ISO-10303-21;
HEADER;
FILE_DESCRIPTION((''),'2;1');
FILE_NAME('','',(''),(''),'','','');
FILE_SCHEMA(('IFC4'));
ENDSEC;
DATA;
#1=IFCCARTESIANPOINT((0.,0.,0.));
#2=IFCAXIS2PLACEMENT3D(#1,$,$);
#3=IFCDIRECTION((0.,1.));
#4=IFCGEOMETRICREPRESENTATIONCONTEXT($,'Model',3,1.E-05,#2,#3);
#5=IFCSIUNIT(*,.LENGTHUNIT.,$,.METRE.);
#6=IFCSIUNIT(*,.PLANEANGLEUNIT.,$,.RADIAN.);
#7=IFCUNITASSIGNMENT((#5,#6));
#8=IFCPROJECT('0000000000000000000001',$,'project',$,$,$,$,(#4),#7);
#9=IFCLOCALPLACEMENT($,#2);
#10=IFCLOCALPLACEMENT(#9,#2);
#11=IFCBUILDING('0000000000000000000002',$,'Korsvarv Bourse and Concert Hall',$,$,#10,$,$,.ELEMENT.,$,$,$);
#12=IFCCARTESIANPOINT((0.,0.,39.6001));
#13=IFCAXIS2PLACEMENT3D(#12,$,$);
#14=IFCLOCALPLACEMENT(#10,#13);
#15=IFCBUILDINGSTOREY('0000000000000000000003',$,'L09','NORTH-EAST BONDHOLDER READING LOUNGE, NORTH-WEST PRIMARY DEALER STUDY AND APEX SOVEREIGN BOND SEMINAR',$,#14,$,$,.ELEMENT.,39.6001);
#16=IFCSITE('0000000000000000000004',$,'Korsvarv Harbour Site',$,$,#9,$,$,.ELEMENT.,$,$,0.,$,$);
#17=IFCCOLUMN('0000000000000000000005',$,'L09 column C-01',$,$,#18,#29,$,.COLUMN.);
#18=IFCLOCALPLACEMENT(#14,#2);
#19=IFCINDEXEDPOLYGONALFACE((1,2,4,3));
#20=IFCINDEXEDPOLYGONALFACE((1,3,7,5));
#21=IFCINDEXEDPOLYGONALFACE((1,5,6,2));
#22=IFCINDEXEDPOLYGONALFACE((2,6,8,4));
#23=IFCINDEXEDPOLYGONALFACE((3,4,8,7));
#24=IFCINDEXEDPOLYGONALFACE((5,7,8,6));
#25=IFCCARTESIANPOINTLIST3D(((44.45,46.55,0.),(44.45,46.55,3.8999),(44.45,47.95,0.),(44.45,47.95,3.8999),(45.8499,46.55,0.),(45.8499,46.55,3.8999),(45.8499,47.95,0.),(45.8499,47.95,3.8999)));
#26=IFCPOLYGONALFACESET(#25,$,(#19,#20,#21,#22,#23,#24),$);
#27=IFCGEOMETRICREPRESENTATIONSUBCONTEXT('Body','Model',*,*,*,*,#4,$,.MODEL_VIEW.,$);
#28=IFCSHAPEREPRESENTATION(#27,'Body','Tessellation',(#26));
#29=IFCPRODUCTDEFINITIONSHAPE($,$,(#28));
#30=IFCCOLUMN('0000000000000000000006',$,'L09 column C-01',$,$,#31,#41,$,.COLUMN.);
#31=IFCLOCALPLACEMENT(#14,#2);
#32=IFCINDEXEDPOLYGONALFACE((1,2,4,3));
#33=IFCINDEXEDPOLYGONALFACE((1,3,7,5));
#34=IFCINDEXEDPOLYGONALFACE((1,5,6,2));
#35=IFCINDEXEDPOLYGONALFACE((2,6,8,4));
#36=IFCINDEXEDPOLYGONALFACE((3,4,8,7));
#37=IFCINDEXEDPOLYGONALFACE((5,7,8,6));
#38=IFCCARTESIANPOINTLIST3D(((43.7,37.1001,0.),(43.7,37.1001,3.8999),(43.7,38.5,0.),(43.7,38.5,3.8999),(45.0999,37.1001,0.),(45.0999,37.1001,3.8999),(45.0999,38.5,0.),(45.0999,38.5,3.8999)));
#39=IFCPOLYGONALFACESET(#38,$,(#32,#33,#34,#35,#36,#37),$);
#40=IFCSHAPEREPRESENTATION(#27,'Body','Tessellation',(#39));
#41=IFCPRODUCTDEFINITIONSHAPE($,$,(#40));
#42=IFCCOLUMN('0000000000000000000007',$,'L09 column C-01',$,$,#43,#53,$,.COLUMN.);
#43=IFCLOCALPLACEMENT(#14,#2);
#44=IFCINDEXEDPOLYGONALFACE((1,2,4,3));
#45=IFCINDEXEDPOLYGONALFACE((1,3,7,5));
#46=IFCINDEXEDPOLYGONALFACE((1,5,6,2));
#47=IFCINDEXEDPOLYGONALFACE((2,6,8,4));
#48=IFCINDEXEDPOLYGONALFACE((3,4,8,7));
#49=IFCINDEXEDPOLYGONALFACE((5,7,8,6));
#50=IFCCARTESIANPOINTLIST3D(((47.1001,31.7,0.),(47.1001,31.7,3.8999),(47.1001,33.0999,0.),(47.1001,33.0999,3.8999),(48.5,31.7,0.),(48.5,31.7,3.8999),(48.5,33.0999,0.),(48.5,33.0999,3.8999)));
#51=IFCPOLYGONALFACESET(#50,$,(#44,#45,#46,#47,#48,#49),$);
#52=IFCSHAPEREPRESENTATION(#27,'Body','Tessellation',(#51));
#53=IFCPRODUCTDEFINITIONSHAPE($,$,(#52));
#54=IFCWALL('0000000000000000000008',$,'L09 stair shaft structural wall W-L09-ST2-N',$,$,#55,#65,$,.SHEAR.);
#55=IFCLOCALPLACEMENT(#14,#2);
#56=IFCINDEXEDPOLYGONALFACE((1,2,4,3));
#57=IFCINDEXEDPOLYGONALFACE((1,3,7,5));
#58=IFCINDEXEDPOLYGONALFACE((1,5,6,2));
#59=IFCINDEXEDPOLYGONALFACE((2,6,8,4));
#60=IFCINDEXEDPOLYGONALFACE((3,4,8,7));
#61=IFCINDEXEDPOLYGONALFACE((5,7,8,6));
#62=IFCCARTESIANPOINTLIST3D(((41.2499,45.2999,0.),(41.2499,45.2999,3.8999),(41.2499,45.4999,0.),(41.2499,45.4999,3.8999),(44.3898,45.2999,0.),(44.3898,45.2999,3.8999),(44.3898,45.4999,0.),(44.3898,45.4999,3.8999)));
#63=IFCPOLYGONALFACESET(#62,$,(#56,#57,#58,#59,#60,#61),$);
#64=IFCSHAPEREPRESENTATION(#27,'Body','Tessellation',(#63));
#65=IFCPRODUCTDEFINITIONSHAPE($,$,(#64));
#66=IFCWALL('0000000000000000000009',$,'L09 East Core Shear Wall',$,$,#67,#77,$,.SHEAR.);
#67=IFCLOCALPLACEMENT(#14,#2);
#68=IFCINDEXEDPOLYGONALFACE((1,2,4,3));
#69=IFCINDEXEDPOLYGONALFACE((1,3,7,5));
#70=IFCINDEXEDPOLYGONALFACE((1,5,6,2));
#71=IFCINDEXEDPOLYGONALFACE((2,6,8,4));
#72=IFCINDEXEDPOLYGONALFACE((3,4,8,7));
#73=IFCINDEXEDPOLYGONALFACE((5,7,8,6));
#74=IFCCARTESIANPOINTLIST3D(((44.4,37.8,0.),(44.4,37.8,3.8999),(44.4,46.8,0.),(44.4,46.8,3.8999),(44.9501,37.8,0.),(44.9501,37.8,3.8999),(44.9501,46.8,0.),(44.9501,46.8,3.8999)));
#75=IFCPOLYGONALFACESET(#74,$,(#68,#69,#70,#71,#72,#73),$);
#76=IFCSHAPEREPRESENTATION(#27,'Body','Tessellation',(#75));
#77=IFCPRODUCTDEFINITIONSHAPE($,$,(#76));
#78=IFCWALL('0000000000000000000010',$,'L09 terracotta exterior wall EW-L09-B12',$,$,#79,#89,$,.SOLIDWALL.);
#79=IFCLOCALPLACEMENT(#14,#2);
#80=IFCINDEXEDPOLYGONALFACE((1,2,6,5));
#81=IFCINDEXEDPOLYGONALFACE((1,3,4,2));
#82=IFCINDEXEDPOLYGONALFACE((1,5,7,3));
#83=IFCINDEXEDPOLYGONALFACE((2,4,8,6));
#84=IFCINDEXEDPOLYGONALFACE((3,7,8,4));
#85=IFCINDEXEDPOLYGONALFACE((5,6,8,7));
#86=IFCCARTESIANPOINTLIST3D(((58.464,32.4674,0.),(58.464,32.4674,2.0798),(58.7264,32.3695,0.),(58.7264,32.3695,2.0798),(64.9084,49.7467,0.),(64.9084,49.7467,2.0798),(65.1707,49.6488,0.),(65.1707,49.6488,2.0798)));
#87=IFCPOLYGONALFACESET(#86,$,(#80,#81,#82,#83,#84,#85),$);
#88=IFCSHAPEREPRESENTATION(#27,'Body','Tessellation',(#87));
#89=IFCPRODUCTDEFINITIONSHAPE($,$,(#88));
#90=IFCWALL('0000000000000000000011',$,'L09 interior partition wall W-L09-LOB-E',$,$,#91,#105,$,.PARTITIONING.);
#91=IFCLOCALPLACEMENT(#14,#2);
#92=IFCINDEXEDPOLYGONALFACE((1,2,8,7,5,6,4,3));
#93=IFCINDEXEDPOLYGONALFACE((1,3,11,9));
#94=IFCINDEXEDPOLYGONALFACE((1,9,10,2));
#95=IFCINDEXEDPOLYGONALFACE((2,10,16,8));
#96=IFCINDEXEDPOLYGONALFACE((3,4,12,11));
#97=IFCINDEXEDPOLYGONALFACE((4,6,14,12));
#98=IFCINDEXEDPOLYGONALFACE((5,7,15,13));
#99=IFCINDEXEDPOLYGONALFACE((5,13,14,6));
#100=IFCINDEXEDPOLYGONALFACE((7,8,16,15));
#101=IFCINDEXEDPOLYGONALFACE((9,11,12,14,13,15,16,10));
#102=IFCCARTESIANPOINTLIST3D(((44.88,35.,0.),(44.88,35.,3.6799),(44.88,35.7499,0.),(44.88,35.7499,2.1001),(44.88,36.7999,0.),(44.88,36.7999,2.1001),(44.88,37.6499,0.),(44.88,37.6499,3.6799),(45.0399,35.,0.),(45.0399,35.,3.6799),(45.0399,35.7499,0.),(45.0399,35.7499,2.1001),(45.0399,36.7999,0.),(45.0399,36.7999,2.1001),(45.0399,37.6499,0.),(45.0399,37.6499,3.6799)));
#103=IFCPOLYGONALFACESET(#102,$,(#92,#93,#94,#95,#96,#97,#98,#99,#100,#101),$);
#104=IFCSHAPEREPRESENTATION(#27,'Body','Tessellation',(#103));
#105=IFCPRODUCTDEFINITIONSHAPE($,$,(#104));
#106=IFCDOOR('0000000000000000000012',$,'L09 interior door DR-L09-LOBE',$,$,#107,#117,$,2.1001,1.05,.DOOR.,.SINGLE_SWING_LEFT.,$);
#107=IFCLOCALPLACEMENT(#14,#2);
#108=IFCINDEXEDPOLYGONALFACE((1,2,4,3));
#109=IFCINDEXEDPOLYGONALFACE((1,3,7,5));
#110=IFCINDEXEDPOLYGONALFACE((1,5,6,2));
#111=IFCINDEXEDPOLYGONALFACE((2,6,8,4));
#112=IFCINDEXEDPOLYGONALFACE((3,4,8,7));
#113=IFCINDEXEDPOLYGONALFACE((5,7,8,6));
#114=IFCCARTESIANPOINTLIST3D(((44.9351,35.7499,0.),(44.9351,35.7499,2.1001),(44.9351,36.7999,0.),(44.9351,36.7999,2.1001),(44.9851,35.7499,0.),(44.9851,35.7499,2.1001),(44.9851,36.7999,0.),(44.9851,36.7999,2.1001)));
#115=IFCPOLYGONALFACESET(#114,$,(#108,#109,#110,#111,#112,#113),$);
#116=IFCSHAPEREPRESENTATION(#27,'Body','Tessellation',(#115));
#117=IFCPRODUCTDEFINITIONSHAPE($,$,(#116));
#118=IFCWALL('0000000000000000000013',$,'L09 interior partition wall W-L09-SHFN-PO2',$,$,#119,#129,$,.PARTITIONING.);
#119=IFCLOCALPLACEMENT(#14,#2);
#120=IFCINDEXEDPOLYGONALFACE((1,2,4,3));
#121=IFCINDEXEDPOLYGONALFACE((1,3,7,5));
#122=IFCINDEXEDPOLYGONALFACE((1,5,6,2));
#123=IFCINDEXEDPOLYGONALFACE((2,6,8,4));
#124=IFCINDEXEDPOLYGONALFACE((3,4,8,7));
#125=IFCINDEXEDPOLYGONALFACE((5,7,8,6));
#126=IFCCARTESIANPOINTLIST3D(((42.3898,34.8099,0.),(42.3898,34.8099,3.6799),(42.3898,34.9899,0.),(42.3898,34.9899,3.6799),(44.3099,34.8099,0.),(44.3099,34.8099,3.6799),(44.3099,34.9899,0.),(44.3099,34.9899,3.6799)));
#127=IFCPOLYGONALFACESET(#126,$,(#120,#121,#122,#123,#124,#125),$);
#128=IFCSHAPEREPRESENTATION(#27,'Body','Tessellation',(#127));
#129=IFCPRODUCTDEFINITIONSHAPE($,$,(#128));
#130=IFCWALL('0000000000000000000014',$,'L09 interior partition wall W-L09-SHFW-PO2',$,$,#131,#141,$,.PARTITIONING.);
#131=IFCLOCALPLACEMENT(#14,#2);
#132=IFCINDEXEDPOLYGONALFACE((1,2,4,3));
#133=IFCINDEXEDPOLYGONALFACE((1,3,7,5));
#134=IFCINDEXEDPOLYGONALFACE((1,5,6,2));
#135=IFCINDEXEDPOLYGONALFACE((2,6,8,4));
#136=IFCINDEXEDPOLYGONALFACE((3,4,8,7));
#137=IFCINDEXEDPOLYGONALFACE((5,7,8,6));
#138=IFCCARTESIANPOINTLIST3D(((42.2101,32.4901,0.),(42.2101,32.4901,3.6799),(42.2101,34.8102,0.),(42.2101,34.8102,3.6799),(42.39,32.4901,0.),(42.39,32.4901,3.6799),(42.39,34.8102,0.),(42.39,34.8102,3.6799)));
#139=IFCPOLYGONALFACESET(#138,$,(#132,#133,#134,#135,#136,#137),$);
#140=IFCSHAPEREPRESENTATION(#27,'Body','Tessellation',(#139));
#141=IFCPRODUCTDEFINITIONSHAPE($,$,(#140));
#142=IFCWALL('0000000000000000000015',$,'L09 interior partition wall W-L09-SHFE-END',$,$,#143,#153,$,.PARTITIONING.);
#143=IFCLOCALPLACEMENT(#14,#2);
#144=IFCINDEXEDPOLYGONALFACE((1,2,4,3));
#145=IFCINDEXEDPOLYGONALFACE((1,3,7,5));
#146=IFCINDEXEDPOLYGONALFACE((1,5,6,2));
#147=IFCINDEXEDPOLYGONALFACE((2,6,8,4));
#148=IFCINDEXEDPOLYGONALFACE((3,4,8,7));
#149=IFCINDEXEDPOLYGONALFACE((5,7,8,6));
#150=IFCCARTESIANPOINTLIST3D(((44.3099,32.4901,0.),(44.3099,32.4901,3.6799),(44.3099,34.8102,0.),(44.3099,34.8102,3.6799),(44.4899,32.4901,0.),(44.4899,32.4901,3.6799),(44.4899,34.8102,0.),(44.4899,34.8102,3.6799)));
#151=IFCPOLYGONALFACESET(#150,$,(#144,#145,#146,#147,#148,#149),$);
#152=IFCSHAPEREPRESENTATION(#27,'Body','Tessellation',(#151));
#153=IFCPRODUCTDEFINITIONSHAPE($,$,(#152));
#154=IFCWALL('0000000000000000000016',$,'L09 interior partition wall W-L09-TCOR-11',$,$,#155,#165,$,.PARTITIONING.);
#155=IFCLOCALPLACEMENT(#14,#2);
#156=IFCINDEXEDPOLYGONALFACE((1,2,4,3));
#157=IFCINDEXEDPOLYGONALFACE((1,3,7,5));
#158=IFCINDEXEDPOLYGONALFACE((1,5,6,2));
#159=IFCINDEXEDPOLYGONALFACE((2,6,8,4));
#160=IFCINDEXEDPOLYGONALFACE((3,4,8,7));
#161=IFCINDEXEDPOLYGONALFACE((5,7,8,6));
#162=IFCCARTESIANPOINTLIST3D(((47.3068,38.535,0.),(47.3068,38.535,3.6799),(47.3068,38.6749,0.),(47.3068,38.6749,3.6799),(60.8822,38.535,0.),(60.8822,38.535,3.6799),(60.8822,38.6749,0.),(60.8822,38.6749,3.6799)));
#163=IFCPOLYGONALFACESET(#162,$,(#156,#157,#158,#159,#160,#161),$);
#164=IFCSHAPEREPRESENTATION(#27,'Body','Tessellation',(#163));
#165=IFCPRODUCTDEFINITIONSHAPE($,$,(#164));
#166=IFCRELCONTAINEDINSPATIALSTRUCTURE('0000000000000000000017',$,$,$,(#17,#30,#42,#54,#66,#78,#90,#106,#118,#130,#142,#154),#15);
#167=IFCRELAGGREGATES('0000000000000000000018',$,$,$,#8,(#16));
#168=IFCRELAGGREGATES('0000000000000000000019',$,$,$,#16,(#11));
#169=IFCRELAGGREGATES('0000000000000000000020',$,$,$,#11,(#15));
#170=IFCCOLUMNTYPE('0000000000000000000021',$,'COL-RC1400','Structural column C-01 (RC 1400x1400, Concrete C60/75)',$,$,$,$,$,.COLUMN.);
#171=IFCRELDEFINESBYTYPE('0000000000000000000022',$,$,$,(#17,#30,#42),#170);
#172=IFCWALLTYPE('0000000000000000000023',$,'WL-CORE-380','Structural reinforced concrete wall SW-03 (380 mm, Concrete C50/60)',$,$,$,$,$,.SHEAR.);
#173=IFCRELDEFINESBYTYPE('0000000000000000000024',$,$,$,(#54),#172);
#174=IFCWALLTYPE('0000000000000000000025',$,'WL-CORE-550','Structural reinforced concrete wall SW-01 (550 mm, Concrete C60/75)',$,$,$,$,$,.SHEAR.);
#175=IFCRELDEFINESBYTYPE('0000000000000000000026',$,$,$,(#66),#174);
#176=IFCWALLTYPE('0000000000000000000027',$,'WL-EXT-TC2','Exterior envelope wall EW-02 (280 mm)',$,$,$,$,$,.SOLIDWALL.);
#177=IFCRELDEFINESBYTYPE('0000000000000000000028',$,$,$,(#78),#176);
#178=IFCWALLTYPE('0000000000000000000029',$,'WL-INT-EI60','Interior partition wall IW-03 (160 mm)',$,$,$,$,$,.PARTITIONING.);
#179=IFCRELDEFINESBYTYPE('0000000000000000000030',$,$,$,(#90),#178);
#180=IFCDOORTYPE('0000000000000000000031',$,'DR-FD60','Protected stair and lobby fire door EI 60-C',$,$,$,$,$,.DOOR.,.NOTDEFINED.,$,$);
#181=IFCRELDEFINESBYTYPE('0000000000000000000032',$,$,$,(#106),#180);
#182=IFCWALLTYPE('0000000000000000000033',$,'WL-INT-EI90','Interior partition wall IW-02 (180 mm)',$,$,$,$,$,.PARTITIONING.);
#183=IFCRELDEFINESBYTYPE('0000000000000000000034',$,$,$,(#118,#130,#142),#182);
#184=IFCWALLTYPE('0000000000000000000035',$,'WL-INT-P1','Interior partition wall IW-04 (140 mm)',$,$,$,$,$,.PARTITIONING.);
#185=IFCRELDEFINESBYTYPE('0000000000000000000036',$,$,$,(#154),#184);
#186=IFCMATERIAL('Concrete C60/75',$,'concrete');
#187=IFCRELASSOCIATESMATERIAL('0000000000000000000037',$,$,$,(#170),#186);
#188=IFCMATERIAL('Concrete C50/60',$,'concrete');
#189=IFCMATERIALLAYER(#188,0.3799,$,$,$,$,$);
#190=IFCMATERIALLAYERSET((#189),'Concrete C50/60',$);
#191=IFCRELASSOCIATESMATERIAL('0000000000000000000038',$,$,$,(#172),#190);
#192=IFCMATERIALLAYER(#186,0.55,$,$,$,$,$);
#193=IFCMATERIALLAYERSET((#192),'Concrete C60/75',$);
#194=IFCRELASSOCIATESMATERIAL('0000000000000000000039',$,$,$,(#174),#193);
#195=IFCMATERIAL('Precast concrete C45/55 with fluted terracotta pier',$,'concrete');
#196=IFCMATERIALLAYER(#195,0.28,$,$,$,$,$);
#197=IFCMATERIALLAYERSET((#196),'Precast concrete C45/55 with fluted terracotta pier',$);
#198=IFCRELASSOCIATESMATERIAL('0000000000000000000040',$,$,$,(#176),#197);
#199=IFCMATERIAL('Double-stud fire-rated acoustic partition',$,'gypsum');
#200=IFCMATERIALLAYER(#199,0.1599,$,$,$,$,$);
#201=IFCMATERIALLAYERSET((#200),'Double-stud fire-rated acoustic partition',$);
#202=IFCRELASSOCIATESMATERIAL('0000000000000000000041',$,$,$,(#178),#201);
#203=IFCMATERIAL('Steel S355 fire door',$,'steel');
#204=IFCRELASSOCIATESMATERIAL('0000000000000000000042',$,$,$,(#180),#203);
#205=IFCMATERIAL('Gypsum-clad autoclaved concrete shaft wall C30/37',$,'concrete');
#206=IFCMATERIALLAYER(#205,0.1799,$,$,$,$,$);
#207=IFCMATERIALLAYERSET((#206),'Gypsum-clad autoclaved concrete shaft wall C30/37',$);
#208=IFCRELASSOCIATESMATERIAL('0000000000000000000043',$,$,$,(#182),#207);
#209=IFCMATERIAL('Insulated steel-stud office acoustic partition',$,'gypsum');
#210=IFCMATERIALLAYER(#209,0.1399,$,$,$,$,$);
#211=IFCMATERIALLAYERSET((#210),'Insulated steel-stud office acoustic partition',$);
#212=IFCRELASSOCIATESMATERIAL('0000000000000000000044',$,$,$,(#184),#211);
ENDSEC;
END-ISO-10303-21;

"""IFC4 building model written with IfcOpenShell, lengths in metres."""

from ifc_helpers import new_model, si_unit, direction, frame, frame_2d, origin, origin_2d, place, context, subcontext, project, spatial, rectangle, extrude, source, transform, mapped, material, layer, layer_set, material_profile, profile_set, type_object, element, fill, save


model = new_model("IFC4")

# Units and contexts
model_context = context("Model", 3, precision=1e-05, world=origin(), true_north=direction((0.0, 1.0)))
body_context = subcontext(model_context, "Body", "Model", "MODEL_VIEW")
ifc_project = project(units=[si_unit("LENGTHUNIT", "METRE"), si_unit("PLANEANGLEUNIT", "RADIAN")], contexts=[model_context])

# Site, building, storey
site_placement = place(None, origin())
site = spatial("IfcSite", under=ifc_project, at=site_placement, Name="Korsvarv Harbour Site", CompositionType="ELEMENT", RefElevation=0.0)
building_placement = place(site_placement, origin())
building = spatial("IfcBuilding", under=site, at=building_placement, Name="Korsvarv Bourse and Concert Hall", CompositionType="ELEMENT")
storey_placement = place(building_placement, frame((0.0, 0.0, 39.6001)))
storey = spatial("IfcBuildingStorey", under=building, at=storey_placement, Name="L09", Description="NORTH-EAST BONDHOLDER READING LOUNGE, NORTH-WEST PRIMARY DEALER STUDY AND APEX SOVEREIGN BOND SEMINAR", CompositionType="ELEMENT", Elevation=39.6001)

# Columns
ifc_material_1 = material(Name="Concrete C60/75", Category="concrete")
ifc_material_profile = material_profile(ifc_material_1, rectangle(XDim=1.3999, YDim=1.3999, at=origin_2d()), Name="RC 1400x1400")
ifc_profile_set = profile_set([ifc_material_profile], Name="Concrete C60/75")
column_type = type_object("IfcColumnType", Name="COL-RC1400", Description="Structural column C-01 (RC 1400x1400, Concrete C60/75)", PredefinedType="COLUMN", material=ifc_profile_set)
shared_shape = source(origin(), body_context, "Body", "SweptSolid", [
    extrude(rectangle(XDim=1.3999, YDim=1.3999, at=origin_2d()), origin(), (0.0, 0.0, 1.0), 3.8999),
])
for number, where, z_axis, x_axis, name in (
    (1, (45.1499, 47.25, 0.0), (0.0, 0.0, 1.0), (1.0, 0.0, 0.0), "L09 column C-01"),
    (2, (44.3999, 37.8, 0.0), (0.0, 0.0, 1.0), (1.0, 0.0, 0.0), "L09 column C-01"),
    (3, (47.8, 32.3999, 0.0), (0.0, 0.0, 1.0), (1.0, 0.0, 0.0), "L09 column C-01"),
):
    element("IfcColumn", number, at=place(storey_placement, frame(where, z_axis=z_axis, x_axis=x_axis)), inside=storey, type_object=column_type, Name=name, PredefinedType="COLUMN", context=body_context, shape_type="MappedRepresentation", body=[
        mapped(shared_shape, transform((0.0, 0.0, 0.0), scale=1.0)),
    ])

# Walls
ifc_material_2 = material(Name="Concrete C50/60", Category="concrete")
ifc_layer_1 = layer(ifc_material_2, 0.3799)
ifc_layer_set_1 = layer_set([ifc_layer_1], Name="Concrete C50/60")
wall_type_1 = type_object("IfcWallType", Name="WL-CORE-380", Description="Structural reinforced concrete wall SW-03 (380 mm, Concrete C50/60)", PredefinedType="SHEAR", material=ifc_layer_set_1)
wall_1_placement = place(storey_placement, frame((41.25, 45.3999, 0.0), z_axis=(0.0, 0.0, 1.0), x_axis=(1.0, 0.0, 0.0)))
element("IfcWall", 4, at=wall_1_placement, inside=storey, type_object=wall_type_1, Name="L09 stair shaft structural wall W-L09-ST2-N", PredefinedType="SHEAR", context=body_context, shape_type="SweptSolid", body=[
    extrude(rectangle(XDim=3.1399, YDim=0.2, at=frame_2d((1.5698, 0.0))), origin(), (0.0, 0.0, 1.0), 3.8999),
])
ifc_layer_2 = layer(ifc_material_1, 0.55)
ifc_layer_set_2 = layer_set([ifc_layer_2], Name="Concrete C60/75")
wall_type_2 = type_object("IfcWallType", Name="WL-CORE-550", Description="Structural reinforced concrete wall SW-01 (550 mm, Concrete C60/75)", PredefinedType="SHEAR", material=ifc_layer_set_2)
wall_2_placement = place(storey_placement, frame((44.675, 37.8, 0.0), z_axis=(0.0, 0.0, 1.0), x_axis=(0.0, 1.0, 0.0)))
element("IfcWall", 5, at=wall_2_placement, inside=storey, type_object=wall_type_2, Name="L09 East Core Shear Wall", PredefinedType="SHEAR", context=body_context, shape_type="SweptSolid", body=[
    extrude(rectangle(XDim=9.0, YDim=0.55, at=frame_2d((4.5, 0.0))), origin(), (0.0, 0.0, 1.0), 3.8999),
])
ifc_material_3 = material(Name="Precast concrete C45/55 with fluted terracotta pier", Category="concrete")
ifc_layer_3 = layer(ifc_material_3, 0.28)
ifc_layer_set_3 = layer_set([ifc_layer_3], Name="Precast concrete C45/55 with fluted terracotta pier")
wall_type_3 = type_object("IfcWallType", Name="WL-EXT-TC2", Description="Exterior envelope wall EW-02 (280 mm)", PredefinedType="SOLIDWALL", material=ifc_layer_set_3)
wall_3_placement = place(storey_placement, frame((58.5952, 32.4185, 0.0), z_axis=(0.0, 0.0, 1.0), x_axis=(0.34944, 0.936959, 0.0)))
element("IfcWall", 6, at=wall_3_placement, inside=storey, type_object=wall_type_3, Name="L09 terracotta exterior wall EW-L09-B12", PredefinedType="SOLIDWALL", context=body_context, shape_type="SweptSolid", body=[
    extrude(rectangle(XDim=18.4419, YDim=0.28, at=frame_2d((9.2209, 0.0))), origin(), (0.0, 0.0, 1.0), 2.0798),
])

# Wall, opening, door
ifc_material_4 = material(Name="Double-stud fire-rated acoustic partition", Category="gypsum")
ifc_layer_4 = layer(ifc_material_4, 0.1599)
ifc_layer_set_4 = layer_set([ifc_layer_4], Name="Double-stud fire-rated acoustic partition")
wall_type_4 = type_object("IfcWallType", Name="WL-INT-EI60", Description="Interior partition wall IW-03 (160 mm)", PredefinedType="PARTITIONING", material=ifc_layer_set_4)
wall_4_placement = place(storey_placement, frame((44.96, 35.0, 0.0), z_axis=(0.0, 0.0, 1.0), x_axis=(0.0, 1.0, 0.0)))
wall_4 = element("IfcWall", 7, at=wall_4_placement, inside=storey, type_object=wall_type_4, Name="L09 interior partition wall W-L09-LOB-E", PredefinedType="PARTITIONING", context=body_context, shape_type="SweptSolid", body=[
    extrude(rectangle(XDim=2.6499, YDim=0.1599, at=frame_2d((1.325, 0.0))), origin(), (0.0, 0.0, 1.0), 3.6799),
])
opening_placement = place(wall_4_placement, frame((0.75, 0.0, 0.0)))
opening = element("IfcOpeningElement", 8, at=opening_placement, cuts=wall_4, PredefinedType="OPENING", context=body_context, shape_type="SweptSolid", body=[
    extrude(rectangle(XDim=1.05, YDim=2.1001, at=frame_2d((0.5249, 1.05))), frame((0.0, 0.0898, 0.0), z_axis=(0.0, -1.0, 0.0), x_axis=(1.0, 0.0, 0.0)), (0.0, 0.0, 1.0), 0.1799),
])
ifc_material_5 = material(Name="Steel S355 fire door", Category="steel")
door_type = type_object("IfcDoorType", Name="DR-FD60", Description="Protected stair and lobby fire door EI 60-C", OperationType="NOTDEFINED", PredefinedType="DOOR", material=ifc_material_5)
door_placement = place(opening_placement, origin())
door = element("IfcDoor", 9, at=door_placement, inside=storey, type_object=door_type, Name="L09 interior door DR-L09-LOBE", OperationType="SINGLE_SWING_LEFT", OverallHeight=2.1001, OverallWidth=1.05, PredefinedType="DOOR", context=body_context, shape_type="SweptSolid", body=[
    extrude(rectangle(XDim=1.05, YDim=2.1001, at=frame_2d((0.5249, 1.05))), frame((0.0, 0.0249, 0.0), z_axis=(0.0, -1.0, 0.0), x_axis=(1.0, 0.0, 0.0)), (0.0, 0.0, 1.0), 0.05),
])
fill(opening, door)

# Walls
ifc_material_6 = material(Name="Gypsum-clad autoclaved concrete shaft wall C30/37", Category="concrete")
ifc_layer_5 = layer(ifc_material_6, 0.1799)
ifc_layer_set_5 = layer_set([ifc_layer_5], Name="Gypsum-clad autoclaved concrete shaft wall C30/37")
wall_type_5 = type_object("IfcWallType", Name="WL-INT-EI90", Description="Interior partition wall IW-02 (180 mm)", PredefinedType="PARTITIONING", material=ifc_layer_set_5)
wall_5_placement = place(storey_placement, frame((42.3899, 34.8999, 0.0), z_axis=(0.0, 0.0, 1.0), x_axis=(1.0, 0.0, 0.0)))
element("IfcWall", 10, at=wall_5_placement, inside=storey, type_object=wall_type_5, Name="L09 interior partition wall W-L09-SHFN-PO2", PredefinedType="PARTITIONING", context=body_context, shape_type="SweptSolid", body=[
    extrude(rectangle(XDim=1.9202, YDim=0.1799, at=frame_2d((0.96, 0.0))), origin(), (0.0, 0.0, 1.0), 3.6799),
])
for number, where, z_axis, x_axis, name in (
    (11, (42.3, 32.49, 0.0), (0.0, 0.0, 1.0), (0.0, 1.0, 0.0), "L09 interior partition wall W-L09-SHFW-PO2"),
    (12, (44.3999, 32.49, 0.0), (0.0, 0.0, 1.0), (0.0, 1.0, 0.0), "L09 interior partition wall W-L09-SHFE-END"),
):
    element("IfcWall", number, at=place(storey_placement, frame(where, z_axis=z_axis, x_axis=x_axis)), inside=storey, type_object=wall_type_5, Name=name, PredefinedType="PARTITIONING", context=body_context, shape_type="SweptSolid", body=[
        extrude(rectangle(XDim=2.3201, YDim=0.1799, at=frame_2d((1.1602, 0.0))), origin(), (0.0, 0.0, 1.0), 3.6799),
    ])
ifc_material_7 = material(Name="Insulated steel-stud office acoustic partition", Category="gypsum")
ifc_layer_6 = layer(ifc_material_7, 0.1399)
ifc_layer_set_6 = layer_set([ifc_layer_6], Name="Insulated steel-stud office acoustic partition")
wall_type_6 = type_object("IfcWallType", Name="WL-INT-P1", Description="Interior partition wall IW-04 (140 mm)", PredefinedType="PARTITIONING", material=ifc_layer_set_6)
wall_6_placement = place(storey_placement, frame((47.3069, 38.605, 0.0), z_axis=(0.0, 0.0, 1.0), x_axis=(1.0, 0.0, 0.0)))
element("IfcWall", 13, at=wall_6_placement, inside=storey, type_object=wall_type_6, Name="L09 interior partition wall W-L09-TCOR-11", PredefinedType="PARTITIONING", context=body_context, shape_type="SweptSolid", body=[
    extrude(rectangle(XDim=13.5754, YDim=0.1399, at=frame_2d((6.7876, 0.0))), origin(), (0.0, 0.0, 1.0), 3.6799),
])

save(model, "model.ifc")
